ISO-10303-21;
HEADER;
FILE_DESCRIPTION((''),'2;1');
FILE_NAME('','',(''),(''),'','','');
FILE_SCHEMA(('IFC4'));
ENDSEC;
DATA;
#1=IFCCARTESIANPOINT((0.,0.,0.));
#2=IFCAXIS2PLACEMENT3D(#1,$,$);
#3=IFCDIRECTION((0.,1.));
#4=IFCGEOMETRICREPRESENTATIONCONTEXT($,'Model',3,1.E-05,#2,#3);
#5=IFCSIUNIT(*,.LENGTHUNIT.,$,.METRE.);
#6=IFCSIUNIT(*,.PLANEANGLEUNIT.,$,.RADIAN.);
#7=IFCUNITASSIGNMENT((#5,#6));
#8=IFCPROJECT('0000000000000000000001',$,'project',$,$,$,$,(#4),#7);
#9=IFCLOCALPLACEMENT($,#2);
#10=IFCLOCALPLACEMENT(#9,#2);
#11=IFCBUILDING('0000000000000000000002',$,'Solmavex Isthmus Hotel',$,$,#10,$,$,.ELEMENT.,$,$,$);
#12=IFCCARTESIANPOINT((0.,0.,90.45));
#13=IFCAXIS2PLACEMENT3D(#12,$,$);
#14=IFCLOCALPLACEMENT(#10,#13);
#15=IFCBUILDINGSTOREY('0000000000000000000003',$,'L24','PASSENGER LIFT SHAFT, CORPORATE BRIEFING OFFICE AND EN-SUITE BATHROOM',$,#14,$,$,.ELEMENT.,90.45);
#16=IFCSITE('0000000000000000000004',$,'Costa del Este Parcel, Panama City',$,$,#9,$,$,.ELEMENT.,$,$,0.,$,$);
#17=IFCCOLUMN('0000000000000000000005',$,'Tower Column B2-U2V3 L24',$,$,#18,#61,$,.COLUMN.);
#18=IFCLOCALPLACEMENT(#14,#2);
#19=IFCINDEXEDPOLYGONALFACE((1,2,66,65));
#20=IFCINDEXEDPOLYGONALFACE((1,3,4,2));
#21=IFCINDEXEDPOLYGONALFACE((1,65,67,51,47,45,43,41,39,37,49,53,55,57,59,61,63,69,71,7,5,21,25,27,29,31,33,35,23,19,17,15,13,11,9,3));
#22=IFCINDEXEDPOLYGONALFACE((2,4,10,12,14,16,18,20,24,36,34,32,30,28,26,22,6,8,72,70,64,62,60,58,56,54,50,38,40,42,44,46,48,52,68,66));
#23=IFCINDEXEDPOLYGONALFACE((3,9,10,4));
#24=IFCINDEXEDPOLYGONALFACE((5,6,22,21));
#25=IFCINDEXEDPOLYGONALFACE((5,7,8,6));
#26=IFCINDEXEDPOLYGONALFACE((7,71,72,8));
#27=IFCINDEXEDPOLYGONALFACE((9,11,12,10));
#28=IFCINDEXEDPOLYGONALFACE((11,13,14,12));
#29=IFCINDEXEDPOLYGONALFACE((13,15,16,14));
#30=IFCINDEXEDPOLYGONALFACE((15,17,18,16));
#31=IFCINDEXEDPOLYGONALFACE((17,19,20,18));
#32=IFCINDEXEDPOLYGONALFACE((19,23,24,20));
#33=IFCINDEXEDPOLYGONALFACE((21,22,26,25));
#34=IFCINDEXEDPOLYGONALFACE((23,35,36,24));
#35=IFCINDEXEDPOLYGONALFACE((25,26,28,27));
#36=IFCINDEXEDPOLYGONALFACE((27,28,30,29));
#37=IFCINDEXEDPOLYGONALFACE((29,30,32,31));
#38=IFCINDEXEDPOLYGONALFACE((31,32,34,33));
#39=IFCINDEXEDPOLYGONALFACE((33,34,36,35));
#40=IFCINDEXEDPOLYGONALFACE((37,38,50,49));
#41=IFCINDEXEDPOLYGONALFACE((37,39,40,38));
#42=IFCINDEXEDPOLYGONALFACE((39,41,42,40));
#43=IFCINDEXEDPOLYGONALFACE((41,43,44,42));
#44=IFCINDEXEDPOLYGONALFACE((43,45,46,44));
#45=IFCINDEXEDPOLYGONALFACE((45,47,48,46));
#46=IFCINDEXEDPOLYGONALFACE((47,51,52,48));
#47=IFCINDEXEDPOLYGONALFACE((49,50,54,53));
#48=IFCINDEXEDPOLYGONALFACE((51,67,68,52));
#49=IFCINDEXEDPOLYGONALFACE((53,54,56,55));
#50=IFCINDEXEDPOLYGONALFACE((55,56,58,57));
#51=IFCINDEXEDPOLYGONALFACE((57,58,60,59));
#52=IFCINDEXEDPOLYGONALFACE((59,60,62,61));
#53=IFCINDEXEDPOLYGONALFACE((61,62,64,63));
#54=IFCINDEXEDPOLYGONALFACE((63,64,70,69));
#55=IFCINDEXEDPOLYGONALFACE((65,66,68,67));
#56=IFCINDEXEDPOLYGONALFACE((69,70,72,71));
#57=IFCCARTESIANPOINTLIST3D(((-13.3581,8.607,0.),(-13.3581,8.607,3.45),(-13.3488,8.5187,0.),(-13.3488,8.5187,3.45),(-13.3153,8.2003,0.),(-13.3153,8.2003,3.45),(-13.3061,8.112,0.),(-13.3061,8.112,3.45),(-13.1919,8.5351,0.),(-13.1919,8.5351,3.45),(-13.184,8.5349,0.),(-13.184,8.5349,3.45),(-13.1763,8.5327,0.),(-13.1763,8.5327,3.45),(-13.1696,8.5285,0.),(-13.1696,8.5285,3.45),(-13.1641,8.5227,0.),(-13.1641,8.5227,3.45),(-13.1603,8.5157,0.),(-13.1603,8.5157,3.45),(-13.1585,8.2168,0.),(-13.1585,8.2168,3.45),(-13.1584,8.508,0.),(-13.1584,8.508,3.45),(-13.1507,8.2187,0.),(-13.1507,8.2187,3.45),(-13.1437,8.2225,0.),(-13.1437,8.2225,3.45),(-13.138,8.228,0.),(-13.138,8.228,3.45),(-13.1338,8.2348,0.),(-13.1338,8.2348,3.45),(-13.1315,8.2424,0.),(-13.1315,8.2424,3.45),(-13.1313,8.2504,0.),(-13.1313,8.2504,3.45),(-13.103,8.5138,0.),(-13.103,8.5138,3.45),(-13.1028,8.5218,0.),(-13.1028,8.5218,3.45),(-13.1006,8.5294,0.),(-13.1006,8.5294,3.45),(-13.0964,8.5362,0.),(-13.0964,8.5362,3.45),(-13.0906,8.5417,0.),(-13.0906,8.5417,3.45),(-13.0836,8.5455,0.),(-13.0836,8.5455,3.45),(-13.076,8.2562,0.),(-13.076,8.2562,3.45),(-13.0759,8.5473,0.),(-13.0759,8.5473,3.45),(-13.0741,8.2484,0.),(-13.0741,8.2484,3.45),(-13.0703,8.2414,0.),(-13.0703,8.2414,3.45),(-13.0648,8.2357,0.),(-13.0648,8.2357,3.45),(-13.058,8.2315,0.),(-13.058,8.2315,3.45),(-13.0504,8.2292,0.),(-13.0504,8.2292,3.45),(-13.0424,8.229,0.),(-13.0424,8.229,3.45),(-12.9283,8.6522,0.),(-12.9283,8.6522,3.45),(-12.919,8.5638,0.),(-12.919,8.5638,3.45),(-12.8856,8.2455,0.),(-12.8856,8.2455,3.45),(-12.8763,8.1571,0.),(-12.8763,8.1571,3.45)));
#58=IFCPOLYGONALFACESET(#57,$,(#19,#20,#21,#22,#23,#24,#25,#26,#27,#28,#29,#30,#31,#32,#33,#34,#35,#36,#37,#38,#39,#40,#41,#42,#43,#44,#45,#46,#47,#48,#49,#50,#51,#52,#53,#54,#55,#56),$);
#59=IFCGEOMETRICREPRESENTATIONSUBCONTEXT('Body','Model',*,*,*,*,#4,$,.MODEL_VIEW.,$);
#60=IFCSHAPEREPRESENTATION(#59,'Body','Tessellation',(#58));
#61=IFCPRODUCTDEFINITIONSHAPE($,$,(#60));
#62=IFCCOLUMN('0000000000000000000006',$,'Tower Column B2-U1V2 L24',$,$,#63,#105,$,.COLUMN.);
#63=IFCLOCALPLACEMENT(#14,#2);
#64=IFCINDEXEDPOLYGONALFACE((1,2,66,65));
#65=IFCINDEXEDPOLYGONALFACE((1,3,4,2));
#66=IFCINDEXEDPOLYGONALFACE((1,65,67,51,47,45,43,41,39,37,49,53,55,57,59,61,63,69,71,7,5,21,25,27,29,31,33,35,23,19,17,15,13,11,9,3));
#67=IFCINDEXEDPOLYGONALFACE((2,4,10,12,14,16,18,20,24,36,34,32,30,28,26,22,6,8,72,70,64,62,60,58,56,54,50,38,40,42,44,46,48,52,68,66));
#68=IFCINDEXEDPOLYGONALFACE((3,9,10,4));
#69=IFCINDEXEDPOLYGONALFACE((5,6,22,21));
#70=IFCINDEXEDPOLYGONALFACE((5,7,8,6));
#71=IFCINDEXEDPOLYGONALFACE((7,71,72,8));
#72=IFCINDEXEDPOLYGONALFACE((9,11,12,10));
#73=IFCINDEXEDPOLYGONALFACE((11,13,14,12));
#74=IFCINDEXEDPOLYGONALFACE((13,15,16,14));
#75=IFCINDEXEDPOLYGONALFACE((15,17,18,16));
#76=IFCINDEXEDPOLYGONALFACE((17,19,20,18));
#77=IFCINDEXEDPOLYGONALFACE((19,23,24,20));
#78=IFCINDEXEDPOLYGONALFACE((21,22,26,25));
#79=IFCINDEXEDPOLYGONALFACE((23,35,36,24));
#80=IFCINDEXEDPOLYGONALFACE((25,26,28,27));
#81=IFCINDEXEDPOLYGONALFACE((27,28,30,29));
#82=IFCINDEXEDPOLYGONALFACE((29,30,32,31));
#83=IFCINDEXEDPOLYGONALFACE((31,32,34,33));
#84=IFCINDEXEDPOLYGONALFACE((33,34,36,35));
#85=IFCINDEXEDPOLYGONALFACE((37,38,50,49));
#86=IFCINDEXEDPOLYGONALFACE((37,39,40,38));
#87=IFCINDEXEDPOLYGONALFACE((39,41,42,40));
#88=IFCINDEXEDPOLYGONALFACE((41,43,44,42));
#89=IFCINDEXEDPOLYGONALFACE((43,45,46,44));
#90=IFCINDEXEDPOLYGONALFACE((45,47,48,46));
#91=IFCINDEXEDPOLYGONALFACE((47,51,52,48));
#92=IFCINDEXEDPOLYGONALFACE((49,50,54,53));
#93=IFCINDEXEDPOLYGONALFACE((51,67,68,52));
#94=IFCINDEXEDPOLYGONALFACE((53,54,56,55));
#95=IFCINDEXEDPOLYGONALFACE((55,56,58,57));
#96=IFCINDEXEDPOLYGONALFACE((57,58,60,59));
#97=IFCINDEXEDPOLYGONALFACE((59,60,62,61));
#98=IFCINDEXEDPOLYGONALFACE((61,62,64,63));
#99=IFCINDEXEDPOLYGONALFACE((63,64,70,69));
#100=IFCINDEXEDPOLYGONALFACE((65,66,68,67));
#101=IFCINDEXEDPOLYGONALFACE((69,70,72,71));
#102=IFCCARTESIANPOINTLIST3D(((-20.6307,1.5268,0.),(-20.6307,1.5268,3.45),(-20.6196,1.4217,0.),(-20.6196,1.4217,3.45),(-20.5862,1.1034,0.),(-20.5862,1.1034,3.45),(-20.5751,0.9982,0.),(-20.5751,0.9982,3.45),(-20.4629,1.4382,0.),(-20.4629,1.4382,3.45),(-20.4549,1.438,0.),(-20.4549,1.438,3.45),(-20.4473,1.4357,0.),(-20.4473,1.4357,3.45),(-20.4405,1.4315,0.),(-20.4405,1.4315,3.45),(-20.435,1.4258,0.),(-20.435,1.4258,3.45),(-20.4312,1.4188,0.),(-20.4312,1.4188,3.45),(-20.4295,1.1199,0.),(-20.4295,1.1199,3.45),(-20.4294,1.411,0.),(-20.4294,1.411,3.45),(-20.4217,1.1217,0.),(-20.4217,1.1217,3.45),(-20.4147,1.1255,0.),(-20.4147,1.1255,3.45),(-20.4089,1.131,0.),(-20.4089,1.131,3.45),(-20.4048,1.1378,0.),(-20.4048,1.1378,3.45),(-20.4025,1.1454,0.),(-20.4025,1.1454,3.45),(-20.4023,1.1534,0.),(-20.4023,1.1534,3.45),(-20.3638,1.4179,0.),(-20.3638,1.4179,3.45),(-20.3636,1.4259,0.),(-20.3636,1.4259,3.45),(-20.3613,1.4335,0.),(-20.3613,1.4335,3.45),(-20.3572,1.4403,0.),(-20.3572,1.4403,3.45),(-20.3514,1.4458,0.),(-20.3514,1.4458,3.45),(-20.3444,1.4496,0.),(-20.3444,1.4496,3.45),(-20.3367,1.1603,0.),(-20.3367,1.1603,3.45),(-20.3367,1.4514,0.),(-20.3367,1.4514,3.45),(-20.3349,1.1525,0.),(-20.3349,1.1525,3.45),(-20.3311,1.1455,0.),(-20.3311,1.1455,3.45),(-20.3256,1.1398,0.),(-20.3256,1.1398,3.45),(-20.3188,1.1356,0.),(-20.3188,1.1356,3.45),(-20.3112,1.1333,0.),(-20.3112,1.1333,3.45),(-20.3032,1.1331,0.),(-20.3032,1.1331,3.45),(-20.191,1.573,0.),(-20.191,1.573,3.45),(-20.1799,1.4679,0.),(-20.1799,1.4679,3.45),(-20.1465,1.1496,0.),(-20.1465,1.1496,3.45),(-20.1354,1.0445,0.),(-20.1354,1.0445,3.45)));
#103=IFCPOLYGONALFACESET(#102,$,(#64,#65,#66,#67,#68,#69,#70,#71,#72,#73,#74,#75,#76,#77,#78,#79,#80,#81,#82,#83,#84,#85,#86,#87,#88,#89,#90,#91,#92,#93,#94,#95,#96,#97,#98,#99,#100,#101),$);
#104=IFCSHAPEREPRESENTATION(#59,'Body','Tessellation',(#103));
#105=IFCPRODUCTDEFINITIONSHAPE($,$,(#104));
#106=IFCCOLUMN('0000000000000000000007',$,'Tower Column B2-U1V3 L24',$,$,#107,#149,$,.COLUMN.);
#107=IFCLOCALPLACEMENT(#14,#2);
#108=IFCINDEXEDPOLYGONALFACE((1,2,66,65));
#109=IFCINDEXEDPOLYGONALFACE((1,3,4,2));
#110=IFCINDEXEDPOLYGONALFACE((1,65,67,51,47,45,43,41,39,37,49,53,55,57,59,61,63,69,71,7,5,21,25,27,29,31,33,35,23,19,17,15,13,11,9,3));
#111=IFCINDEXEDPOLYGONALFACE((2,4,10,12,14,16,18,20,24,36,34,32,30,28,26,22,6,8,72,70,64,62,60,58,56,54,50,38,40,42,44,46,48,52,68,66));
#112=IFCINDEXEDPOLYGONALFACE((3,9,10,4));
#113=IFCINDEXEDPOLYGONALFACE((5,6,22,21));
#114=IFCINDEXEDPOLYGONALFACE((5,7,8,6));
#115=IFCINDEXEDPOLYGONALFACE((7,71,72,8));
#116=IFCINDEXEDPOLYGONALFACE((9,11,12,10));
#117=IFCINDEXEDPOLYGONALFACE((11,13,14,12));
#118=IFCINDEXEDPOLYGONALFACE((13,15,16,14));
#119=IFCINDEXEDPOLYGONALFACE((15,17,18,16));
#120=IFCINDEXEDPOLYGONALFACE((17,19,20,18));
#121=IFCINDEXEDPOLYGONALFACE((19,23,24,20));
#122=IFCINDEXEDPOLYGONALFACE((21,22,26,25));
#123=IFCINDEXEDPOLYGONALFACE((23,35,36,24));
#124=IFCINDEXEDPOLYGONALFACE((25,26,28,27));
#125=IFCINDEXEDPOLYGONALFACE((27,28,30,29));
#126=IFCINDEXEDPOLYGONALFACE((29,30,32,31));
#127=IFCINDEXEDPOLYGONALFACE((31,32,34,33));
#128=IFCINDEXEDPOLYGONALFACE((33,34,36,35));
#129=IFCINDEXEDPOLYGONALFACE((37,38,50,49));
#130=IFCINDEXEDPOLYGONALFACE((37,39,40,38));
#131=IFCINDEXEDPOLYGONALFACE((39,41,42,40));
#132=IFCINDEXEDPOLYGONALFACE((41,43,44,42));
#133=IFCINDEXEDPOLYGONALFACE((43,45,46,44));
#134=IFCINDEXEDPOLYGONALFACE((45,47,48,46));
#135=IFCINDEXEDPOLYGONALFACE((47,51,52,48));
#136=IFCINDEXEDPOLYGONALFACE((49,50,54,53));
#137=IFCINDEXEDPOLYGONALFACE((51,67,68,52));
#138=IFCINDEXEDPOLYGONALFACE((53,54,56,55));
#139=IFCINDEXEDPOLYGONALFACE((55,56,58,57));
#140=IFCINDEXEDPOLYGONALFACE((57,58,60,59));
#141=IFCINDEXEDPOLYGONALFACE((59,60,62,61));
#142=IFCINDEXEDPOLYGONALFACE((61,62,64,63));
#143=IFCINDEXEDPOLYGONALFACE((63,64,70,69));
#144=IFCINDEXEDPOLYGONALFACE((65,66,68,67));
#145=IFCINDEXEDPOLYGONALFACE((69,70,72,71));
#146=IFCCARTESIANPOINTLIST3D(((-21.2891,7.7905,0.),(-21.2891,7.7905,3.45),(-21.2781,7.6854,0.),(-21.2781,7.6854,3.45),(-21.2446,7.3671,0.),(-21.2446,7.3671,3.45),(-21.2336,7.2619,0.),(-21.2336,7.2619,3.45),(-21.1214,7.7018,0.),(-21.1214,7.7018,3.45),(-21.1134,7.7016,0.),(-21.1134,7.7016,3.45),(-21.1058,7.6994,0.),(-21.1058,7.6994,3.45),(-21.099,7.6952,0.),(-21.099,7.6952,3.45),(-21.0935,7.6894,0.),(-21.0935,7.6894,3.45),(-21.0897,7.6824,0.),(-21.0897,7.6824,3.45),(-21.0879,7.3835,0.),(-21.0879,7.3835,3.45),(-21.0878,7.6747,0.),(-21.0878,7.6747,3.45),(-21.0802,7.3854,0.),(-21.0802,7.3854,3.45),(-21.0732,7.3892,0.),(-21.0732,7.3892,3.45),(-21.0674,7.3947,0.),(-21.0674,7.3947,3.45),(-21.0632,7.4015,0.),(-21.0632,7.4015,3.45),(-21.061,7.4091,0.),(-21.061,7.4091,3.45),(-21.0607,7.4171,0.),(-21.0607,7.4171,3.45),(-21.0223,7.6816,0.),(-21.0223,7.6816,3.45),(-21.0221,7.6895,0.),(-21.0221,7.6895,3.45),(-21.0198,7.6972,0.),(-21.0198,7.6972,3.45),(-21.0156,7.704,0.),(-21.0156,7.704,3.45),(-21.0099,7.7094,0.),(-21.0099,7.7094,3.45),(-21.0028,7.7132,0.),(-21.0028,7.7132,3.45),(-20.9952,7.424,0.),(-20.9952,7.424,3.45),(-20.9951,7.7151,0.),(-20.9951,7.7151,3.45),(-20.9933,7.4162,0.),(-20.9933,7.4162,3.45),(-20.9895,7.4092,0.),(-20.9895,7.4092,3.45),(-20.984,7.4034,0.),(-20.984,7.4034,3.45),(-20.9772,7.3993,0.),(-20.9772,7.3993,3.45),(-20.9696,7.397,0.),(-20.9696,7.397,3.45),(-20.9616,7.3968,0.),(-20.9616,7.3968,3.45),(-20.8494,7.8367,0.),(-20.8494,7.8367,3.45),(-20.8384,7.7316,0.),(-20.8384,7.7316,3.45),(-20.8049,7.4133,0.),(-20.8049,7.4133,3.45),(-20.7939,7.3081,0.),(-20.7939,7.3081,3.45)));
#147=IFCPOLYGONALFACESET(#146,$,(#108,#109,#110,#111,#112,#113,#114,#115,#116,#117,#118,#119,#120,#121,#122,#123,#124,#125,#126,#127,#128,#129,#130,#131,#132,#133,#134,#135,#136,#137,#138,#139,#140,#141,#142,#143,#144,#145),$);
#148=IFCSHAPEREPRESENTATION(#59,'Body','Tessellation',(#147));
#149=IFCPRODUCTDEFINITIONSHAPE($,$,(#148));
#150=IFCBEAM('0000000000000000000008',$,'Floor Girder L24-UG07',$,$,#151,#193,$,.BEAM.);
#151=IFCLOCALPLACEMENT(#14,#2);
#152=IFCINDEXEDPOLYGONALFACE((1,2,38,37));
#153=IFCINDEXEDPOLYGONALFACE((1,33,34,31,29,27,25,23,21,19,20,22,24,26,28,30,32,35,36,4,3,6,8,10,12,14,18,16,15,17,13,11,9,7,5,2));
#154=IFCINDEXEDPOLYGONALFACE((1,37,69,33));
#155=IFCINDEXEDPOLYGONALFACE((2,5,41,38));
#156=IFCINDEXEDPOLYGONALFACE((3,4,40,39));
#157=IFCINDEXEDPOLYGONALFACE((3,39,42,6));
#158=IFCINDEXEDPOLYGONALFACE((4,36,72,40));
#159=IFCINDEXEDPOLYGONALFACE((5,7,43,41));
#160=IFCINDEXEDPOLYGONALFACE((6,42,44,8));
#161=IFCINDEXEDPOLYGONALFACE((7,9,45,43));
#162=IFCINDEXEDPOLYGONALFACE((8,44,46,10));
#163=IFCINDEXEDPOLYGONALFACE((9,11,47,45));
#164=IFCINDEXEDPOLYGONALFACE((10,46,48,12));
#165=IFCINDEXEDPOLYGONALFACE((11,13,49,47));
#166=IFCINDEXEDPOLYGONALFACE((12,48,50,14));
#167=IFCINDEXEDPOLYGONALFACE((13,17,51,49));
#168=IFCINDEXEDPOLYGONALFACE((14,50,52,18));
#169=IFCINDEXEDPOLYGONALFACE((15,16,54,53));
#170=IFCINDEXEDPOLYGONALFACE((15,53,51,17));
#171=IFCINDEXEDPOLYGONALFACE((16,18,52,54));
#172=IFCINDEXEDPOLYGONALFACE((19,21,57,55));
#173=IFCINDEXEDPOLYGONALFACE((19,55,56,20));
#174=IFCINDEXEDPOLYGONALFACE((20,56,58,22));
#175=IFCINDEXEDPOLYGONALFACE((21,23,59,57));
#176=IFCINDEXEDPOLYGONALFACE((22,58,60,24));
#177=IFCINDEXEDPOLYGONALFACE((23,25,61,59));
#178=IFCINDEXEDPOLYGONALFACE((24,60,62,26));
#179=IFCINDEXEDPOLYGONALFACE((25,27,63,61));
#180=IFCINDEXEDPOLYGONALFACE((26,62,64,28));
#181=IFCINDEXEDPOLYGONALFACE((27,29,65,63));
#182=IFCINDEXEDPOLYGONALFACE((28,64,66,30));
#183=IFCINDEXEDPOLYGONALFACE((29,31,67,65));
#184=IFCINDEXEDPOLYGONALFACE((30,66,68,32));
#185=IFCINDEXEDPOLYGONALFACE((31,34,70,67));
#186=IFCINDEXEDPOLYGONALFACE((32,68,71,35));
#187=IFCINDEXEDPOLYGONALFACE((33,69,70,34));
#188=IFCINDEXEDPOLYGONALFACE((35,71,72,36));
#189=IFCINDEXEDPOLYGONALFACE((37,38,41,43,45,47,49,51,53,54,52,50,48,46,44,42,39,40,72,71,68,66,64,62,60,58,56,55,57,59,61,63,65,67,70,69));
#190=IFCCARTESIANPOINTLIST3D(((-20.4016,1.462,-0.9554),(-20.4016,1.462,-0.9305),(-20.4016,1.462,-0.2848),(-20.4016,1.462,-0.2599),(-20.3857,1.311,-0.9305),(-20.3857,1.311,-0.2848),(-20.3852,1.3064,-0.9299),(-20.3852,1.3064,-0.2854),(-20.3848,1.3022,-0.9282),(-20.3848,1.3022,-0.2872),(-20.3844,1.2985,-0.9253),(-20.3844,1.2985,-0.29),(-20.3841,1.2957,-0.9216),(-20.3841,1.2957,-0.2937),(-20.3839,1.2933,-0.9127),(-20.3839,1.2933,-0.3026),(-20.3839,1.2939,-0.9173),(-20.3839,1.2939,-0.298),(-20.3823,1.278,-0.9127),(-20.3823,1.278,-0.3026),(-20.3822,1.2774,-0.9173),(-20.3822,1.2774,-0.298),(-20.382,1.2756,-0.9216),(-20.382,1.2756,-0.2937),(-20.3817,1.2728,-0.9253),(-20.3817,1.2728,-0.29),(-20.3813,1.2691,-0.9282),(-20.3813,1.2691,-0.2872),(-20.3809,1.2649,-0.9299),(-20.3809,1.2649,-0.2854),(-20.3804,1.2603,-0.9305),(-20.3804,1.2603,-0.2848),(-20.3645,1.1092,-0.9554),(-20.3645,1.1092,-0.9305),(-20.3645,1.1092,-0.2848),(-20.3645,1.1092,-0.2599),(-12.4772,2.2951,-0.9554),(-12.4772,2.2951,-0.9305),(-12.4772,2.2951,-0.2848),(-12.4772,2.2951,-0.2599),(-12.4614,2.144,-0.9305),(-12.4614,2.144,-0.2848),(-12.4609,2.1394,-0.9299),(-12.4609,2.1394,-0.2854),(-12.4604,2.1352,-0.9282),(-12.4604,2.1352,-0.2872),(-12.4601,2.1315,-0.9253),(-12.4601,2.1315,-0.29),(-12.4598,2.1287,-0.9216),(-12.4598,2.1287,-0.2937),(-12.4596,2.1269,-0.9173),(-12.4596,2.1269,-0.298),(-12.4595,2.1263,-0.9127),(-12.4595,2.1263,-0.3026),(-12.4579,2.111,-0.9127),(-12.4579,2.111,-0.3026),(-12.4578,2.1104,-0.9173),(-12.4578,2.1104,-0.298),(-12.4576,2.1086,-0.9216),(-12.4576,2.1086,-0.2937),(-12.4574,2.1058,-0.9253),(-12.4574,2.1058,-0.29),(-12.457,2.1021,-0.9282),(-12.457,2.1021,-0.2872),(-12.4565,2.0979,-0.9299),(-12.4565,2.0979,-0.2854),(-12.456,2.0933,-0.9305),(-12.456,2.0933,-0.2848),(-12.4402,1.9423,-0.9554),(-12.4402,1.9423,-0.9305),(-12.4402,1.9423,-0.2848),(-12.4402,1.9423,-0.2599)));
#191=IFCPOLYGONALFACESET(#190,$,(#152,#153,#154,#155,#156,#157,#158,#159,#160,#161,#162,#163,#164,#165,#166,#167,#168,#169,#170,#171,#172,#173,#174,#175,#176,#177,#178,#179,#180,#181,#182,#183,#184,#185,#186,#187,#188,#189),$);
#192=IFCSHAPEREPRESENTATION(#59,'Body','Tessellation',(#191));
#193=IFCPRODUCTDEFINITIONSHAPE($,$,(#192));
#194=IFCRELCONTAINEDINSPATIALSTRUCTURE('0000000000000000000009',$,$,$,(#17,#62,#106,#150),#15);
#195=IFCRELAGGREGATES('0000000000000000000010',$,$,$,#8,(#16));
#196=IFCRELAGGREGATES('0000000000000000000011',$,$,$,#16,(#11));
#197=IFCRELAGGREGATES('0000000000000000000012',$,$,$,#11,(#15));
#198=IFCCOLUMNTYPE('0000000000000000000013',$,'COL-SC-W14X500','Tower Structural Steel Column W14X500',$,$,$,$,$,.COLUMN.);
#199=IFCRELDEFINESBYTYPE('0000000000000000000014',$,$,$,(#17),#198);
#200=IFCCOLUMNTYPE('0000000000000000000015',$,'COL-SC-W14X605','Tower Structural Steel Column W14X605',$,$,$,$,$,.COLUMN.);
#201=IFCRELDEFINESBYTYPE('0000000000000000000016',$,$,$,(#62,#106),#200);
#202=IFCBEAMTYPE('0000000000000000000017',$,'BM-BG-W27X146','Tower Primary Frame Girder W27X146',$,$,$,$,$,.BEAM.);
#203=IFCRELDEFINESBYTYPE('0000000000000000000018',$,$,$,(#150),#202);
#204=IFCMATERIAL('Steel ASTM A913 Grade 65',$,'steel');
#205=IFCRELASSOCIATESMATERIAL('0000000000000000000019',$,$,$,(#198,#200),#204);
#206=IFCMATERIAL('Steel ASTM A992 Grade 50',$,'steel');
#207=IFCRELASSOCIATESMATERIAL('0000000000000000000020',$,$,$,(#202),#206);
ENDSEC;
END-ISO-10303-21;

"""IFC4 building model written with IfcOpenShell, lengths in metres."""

from ifc_helpers import new_model, si_unit, direction, frame, origin, origin_2d, place, context, subcontext, project, spatial, i_section, extrude, material, material_profile, profile_set, type_object, element, save


model = new_model("IFC4")

# Units and contexts
model_context = context("Model", 3, precision=1e-05, world=origin(), true_north=direction((0.0, 1.0)))
body_context = subcontext(model_context, "Body", "Model", "MODEL_VIEW")
ifc_project = project(units=[si_unit("LENGTHUNIT", "METRE"), si_unit("PLANEANGLEUNIT", "RADIAN")], contexts=[model_context])

# Site, building, storey
site_placement = place(None, origin())
site = spatial("IfcSite", under=ifc_project, at=site_placement, Name="Costa del Este Parcel, Panama City", CompositionType="ELEMENT", RefElevation=0.0)
building_placement = place(site_placement, origin())
building = spatial("IfcBuilding", under=site, at=building_placement, Name="Solmavex Isthmus Hotel", CompositionType="ELEMENT")
storey_placement = place(building_placement, frame((0.0, 0.0, 90.45)))
storey = spatial("IfcBuildingStorey", under=building, at=storey_placement, Name="L24", Description="PASSENGER LIFT SHAFT, CORPORATE BRIEFING OFFICE AND EN-SUITE BATHROOM", CompositionType="ELEMENT", Elevation=90.45)

# Columns
ifc_material_1 = material(Name="Steel ASTM A913 Grade 65", Category="steel")
ifc_material_profile_1 = material_profile(ifc_material_1, i_section(OverallWidth=0.4321, OverallDepth=0.4978, WebThickness=0.0557, FlangeThickness=0.0889, FilletRadius=0.0305, at=origin_2d()), Name="W14X500")
ifc_profile_set_1 = profile_set([ifc_material_profile_1], Name="Steel ASTM A913 Grade 65")
column_type_1 = type_object("IfcColumnType", Name="COL-SC-W14X500", Description="Tower Structural Steel Column W14X500", PredefinedType="COLUMN", material=ifc_profile_set_1)
column_placement = place(storey_placement, frame((-13.1172, 8.3821, 0.0), z_axis=(0.0, 0.0, 1.0), x_axis=(0.994522, 0.104528, 0.0)))
element("IfcColumn", 1, at=column_placement, inside=storey, type_object=column_type_1, Name="Tower Column B2-U2V3 L24", PredefinedType="COLUMN", context=body_context, shape_type="SweptSolid", body=[
    extrude(i_section(OverallWidth=0.4321, OverallDepth=0.4978, WebThickness=0.0557, FlangeThickness=0.0889, FilletRadius=0.0305, at=origin_2d()), origin(), (0.0, 0.0, 1.0), 3.45),
])
ifc_material_profile_2 = material_profile(ifc_material_1, i_section(OverallWidth=0.4421, OverallDepth=0.5315, WebThickness=0.0659, FlangeThickness=0.1057, FilletRadius=0.0305, at=origin_2d()), Name="W14X605")
ifc_profile_set_2 = profile_set([ifc_material_profile_2], Name="Steel ASTM A913 Grade 65")
column_type_2 = type_object("IfcColumnType", Name="COL-SC-W14X605", Description="Tower Structural Steel Column W14X605", PredefinedType="COLUMN", material=ifc_profile_set_2)
for number, where, z_axis, x_axis, name in (
    (2, (-20.3831, 1.2856, 0.0), (0.0, 0.0, 1.0), (0.994522, 0.104528, 0.0), "Tower Column B2-U1V2 L24"),
    (3, (-21.0415, 7.5493, 0.0), (0.0, 0.0, 1.0), (0.994522, 0.104528, 0.0), "Tower Column B2-U1V3 L24"),
):
    element("IfcColumn", number, at=place(storey_placement, frame(where, z_axis=z_axis, x_axis=x_axis)), inside=storey, type_object=column_type_2, Name=name, PredefinedType="COLUMN", context=body_context, shape_type="SweptSolid", body=[
        extrude(i_section(OverallWidth=0.4421, OverallDepth=0.5315, WebThickness=0.0659, FlangeThickness=0.1057, FilletRadius=0.0305, at=origin_2d()), origin(), (0.0, 0.0, 1.0), 3.45),
    ])

# Beam
ifc_material_2 = material(Name="Steel ASTM A992 Grade 50", Category="steel")
ifc_material_profile_3 = material_profile(ifc_material_2, i_section(OverallWidth=0.3547, OverallDepth=0.6956, WebThickness=0.0154, FlangeThickness=0.0249, FilletRadius=0.0178, at=origin_2d()), Name="W27X146")
ifc_profile_set_3 = profile_set([ifc_material_profile_3], Name="Steel ASTM A992 Grade 50")
beam_type_1 = type_object("IfcBeamType", Name="BM-BG-W27X146", Description="Tower Primary Frame Girder W27X146", PredefinedType="BEAM", material=ifc_profile_set_3)
for number, where, z_axis, x_axis, name in (
    (4, (-20.3831, 1.2856, -0.6077), (0.99452, 0.104544, 0.0), (-0.104544, 0.99452, 0.0), "Floor Girder L24-UG07"),
):
    element("IfcBeam", number, at=place(storey_placement, frame(where, z_axis=z_axis, x_axis=x_axis)), inside=storey, type_object=beam_type_1, Name=name, PredefinedType="BEAM", context=body_context, shape_type="SweptSolid", body=[
        extrude(i_section(OverallWidth=0.3547, OverallDepth=0.6956, WebThickness=0.0154, FlangeThickness=0.0249, FilletRadius=0.0178, at=origin_2d()), origin(), (0.0, 0.0, 1.0), 7.968),
    ])

save(model, "model.ifc")
